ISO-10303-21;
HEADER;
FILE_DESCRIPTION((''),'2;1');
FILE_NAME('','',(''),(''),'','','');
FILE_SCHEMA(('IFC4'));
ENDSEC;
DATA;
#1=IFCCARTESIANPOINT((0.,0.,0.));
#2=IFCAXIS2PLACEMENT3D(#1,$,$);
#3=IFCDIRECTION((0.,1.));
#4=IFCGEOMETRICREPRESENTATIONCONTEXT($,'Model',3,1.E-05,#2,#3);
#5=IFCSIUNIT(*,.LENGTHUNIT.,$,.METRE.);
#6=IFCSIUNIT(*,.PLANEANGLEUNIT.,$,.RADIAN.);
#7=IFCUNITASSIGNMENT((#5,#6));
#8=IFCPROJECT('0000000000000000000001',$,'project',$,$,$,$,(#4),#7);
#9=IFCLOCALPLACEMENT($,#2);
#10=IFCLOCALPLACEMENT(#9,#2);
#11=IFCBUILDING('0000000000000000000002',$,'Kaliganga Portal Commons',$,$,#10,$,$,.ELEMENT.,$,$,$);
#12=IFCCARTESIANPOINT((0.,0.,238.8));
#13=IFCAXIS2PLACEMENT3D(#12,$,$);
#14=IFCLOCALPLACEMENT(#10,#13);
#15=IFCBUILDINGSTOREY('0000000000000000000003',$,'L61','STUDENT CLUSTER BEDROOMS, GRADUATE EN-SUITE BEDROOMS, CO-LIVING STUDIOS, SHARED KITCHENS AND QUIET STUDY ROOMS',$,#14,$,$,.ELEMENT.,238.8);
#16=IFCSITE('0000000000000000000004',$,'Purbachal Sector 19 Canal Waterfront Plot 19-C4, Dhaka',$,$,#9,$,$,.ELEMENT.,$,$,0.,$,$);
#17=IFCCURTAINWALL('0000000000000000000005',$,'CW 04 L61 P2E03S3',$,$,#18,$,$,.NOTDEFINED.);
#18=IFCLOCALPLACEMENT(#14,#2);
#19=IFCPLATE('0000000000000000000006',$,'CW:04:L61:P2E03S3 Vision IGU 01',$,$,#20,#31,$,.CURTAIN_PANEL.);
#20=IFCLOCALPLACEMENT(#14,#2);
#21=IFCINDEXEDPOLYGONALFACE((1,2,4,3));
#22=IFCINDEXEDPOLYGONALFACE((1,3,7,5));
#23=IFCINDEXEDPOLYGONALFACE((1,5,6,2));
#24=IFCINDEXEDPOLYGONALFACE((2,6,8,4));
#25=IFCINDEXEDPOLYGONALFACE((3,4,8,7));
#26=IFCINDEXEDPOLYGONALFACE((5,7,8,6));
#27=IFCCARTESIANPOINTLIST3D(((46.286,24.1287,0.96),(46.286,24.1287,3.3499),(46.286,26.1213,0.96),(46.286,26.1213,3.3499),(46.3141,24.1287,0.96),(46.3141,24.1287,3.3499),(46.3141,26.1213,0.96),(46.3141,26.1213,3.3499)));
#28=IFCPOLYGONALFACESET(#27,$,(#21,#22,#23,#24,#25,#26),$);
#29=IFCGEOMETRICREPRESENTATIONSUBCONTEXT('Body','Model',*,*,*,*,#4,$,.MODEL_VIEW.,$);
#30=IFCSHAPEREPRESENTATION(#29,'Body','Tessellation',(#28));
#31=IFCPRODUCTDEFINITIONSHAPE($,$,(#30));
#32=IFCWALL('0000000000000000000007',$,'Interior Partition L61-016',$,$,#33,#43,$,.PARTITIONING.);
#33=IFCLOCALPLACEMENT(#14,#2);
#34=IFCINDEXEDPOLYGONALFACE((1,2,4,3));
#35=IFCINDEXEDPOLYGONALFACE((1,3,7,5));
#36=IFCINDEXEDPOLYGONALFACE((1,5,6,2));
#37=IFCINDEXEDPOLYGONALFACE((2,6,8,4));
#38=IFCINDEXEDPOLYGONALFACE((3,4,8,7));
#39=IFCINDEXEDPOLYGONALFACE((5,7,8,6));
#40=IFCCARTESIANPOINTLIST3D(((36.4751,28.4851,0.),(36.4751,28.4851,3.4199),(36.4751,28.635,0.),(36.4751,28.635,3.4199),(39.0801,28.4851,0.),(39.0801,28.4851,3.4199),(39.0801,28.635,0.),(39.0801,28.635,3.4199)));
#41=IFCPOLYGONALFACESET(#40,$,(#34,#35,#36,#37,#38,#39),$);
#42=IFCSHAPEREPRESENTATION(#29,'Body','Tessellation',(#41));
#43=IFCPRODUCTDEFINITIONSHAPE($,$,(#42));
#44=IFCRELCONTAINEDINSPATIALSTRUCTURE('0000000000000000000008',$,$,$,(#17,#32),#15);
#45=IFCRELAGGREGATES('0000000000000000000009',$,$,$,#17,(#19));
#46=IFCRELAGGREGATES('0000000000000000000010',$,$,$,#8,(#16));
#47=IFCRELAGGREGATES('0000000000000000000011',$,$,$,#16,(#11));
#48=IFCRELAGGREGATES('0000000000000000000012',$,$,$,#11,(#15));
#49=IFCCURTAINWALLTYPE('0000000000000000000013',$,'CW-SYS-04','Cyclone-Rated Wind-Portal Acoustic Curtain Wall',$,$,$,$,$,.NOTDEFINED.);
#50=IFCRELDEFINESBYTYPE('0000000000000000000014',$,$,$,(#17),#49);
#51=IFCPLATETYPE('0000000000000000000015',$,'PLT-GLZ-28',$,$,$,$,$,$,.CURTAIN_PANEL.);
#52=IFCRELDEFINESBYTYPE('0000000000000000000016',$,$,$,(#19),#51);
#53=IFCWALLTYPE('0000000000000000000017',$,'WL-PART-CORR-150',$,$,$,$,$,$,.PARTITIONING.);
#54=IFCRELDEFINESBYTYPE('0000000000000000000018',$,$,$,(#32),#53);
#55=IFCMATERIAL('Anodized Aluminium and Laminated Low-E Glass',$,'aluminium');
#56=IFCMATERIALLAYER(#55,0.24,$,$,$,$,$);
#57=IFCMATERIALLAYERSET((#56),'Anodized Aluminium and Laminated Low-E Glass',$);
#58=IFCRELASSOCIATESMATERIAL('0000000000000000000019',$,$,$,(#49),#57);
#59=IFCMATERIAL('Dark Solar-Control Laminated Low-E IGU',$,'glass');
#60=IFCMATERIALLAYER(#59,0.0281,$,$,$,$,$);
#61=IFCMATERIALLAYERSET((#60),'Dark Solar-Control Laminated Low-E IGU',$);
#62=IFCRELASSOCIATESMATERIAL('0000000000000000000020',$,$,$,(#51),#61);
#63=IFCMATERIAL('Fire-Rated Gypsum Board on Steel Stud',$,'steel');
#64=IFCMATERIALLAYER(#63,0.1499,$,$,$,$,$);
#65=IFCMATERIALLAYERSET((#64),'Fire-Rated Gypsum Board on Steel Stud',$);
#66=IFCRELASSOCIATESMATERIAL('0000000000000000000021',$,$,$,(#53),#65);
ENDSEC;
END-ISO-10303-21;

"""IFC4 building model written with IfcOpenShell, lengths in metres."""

from ifc_helpers import new_model, si_unit, direction, frame, frame_2d, origin, origin_2d, place, context, subcontext, project, spatial, rectangle, extrude, source, transform, mapped, material, layer, layer_set, type_object, element, aggregate, save


model = new_model("IFC4")

# Units and contexts
model_context = context("Model", 3, precision=1e-05, world=origin(), true_north=direction((0.0, 1.0)))
body_context = subcontext(model_context, "Body", "Model", "MODEL_VIEW")
ifc_project = project(units=[si_unit("LENGTHUNIT", "METRE"), si_unit("PLANEANGLEUNIT", "RADIAN")], contexts=[model_context])

# Site, building, storey
site_placement = place(None, origin())
site = spatial("IfcSite", under=ifc_project, at=site_placement, Name="Purbachal Sector 19 Canal Waterfront Plot 19-C4, Dhaka", CompositionType="ELEMENT", RefElevation=0.0)
building_placement = place(site_placement, origin())
building = spatial("IfcBuilding", under=site, at=building_placement, Name="Kaliganga Portal Commons", CompositionType="ELEMENT")
storey_placement = place(building_placement, frame((0.0, 0.0, 238.8)))
storey = spatial("IfcBuildingStorey", under=building, at=storey_placement, Name="L61", Description="STUDENT CLUSTER BEDROOMS, GRADUATE EN-SUITE BEDROOMS, CO-LIVING STUDIOS, SHARED KITCHENS AND QUIET STUDY ROOMS", CompositionType="ELEMENT", Elevation=238.8)

# Shared definitions
ifc_material_1 = material(Name="Anodized Aluminium and Laminated Low-E Glass", Category="aluminium")
ifc_layer_1 = layer(ifc_material_1, 0.24)
ifc_layer_set_1 = layer_set([ifc_layer_1], Name="Anodized Aluminium and Laminated Low-E Glass")
curtain_wall_type = type_object("IfcCurtainWallType", Name="CW-SYS-04", Description="Cyclone-Rated Wind-Portal Acoustic Curtain Wall", PredefinedType="NOTDEFINED", material=ifc_layer_set_1)

# Curtain wall
curtain_wall_1_placement = place(storey_placement, origin())
curtain_wall_1 = element("IfcCurtainWall", 1, at=curtain_wall_1_placement, inside=storey, type_object=curtain_wall_type, Name="CW 04 L61 P2E03S3", PredefinedType="NOTDEFINED")

# Plate
ifc_material_2 = material(Name="Dark Solar-Control Laminated Low-E IGU", Category="glass")
ifc_layer_2 = layer(ifc_material_2, 0.0281)
ifc_layer_set_2 = layer_set([ifc_layer_2], Name="Dark Solar-Control Laminated Low-E IGU")
plate_type_1 = type_object("IfcPlateType", Name="PLT-GLZ-28", PredefinedType="CURTAIN_PANEL", material=ifc_layer_set_2)
shared_shape_1 = source(origin(), body_context, "Body", "SweptSolid", [
    extrude(rectangle(XDim=1.9927, YDim=0.0281, at=origin_2d()), origin(), (0.0, 0.0, 1.0), 2.3899),
])
plate_1_placement = place(storey_placement, frame((46.3, 25.125, 0.96), z_axis=(0.0, 0.0, 1.0), x_axis=(0.0, -1.0, 0.0)))
plate_1 = element("IfcPlate", 2, at=plate_1_placement, type_object=plate_type_1, Name="CW:04:L61:P2E03S3 Vision IGU 01", PredefinedType="CURTAIN_PANEL", context=body_context, shape_type="MappedRepresentation", body=[
    mapped(shared_shape_1, transform((0.0, 0.0, 0.0), x_axis=(1.0, 0.0, 0.0), y_axis=(0.0, 1.0, 0.0), z_axis=(0.0, 0.0, 1.0), scale=1.0)),
])
aggregate(curtain_wall_1, [plate_1])

# Wall
ifc_material_3 = material(Name="Fire-Rated Gypsum Board on Steel Stud", Category="steel")
ifc_layer_3 = layer(ifc_material_3, 0.1499)
ifc_layer_set_3 = layer_set([ifc_layer_3], Name="Fire-Rated Gypsum Board on Steel Stud")
wall_type = type_object("IfcWallType", Name="WL-PART-CORR-150", PredefinedType="PARTITIONING", material=ifc_layer_set_3)
wall_placement = place(storey_placement, frame((36.4751, 28.5601, 0.0), z_axis=(0.0, 0.0, 1.0), x_axis=(1.0, 0.0, 0.0)))
element("IfcWall", 3, at=wall_placement, inside=storey, type_object=wall_type, Name="Interior Partition L61-016", PredefinedType="PARTITIONING", context=body_context, shape_type="SweptSolid", body=[
    extrude(rectangle(XDim=2.605, YDim=0.1499, at=frame_2d((1.3025, 0.0))), origin(), (0.0, 0.0, 1.0), 3.4199),
])

save(model, "model.ifc")
